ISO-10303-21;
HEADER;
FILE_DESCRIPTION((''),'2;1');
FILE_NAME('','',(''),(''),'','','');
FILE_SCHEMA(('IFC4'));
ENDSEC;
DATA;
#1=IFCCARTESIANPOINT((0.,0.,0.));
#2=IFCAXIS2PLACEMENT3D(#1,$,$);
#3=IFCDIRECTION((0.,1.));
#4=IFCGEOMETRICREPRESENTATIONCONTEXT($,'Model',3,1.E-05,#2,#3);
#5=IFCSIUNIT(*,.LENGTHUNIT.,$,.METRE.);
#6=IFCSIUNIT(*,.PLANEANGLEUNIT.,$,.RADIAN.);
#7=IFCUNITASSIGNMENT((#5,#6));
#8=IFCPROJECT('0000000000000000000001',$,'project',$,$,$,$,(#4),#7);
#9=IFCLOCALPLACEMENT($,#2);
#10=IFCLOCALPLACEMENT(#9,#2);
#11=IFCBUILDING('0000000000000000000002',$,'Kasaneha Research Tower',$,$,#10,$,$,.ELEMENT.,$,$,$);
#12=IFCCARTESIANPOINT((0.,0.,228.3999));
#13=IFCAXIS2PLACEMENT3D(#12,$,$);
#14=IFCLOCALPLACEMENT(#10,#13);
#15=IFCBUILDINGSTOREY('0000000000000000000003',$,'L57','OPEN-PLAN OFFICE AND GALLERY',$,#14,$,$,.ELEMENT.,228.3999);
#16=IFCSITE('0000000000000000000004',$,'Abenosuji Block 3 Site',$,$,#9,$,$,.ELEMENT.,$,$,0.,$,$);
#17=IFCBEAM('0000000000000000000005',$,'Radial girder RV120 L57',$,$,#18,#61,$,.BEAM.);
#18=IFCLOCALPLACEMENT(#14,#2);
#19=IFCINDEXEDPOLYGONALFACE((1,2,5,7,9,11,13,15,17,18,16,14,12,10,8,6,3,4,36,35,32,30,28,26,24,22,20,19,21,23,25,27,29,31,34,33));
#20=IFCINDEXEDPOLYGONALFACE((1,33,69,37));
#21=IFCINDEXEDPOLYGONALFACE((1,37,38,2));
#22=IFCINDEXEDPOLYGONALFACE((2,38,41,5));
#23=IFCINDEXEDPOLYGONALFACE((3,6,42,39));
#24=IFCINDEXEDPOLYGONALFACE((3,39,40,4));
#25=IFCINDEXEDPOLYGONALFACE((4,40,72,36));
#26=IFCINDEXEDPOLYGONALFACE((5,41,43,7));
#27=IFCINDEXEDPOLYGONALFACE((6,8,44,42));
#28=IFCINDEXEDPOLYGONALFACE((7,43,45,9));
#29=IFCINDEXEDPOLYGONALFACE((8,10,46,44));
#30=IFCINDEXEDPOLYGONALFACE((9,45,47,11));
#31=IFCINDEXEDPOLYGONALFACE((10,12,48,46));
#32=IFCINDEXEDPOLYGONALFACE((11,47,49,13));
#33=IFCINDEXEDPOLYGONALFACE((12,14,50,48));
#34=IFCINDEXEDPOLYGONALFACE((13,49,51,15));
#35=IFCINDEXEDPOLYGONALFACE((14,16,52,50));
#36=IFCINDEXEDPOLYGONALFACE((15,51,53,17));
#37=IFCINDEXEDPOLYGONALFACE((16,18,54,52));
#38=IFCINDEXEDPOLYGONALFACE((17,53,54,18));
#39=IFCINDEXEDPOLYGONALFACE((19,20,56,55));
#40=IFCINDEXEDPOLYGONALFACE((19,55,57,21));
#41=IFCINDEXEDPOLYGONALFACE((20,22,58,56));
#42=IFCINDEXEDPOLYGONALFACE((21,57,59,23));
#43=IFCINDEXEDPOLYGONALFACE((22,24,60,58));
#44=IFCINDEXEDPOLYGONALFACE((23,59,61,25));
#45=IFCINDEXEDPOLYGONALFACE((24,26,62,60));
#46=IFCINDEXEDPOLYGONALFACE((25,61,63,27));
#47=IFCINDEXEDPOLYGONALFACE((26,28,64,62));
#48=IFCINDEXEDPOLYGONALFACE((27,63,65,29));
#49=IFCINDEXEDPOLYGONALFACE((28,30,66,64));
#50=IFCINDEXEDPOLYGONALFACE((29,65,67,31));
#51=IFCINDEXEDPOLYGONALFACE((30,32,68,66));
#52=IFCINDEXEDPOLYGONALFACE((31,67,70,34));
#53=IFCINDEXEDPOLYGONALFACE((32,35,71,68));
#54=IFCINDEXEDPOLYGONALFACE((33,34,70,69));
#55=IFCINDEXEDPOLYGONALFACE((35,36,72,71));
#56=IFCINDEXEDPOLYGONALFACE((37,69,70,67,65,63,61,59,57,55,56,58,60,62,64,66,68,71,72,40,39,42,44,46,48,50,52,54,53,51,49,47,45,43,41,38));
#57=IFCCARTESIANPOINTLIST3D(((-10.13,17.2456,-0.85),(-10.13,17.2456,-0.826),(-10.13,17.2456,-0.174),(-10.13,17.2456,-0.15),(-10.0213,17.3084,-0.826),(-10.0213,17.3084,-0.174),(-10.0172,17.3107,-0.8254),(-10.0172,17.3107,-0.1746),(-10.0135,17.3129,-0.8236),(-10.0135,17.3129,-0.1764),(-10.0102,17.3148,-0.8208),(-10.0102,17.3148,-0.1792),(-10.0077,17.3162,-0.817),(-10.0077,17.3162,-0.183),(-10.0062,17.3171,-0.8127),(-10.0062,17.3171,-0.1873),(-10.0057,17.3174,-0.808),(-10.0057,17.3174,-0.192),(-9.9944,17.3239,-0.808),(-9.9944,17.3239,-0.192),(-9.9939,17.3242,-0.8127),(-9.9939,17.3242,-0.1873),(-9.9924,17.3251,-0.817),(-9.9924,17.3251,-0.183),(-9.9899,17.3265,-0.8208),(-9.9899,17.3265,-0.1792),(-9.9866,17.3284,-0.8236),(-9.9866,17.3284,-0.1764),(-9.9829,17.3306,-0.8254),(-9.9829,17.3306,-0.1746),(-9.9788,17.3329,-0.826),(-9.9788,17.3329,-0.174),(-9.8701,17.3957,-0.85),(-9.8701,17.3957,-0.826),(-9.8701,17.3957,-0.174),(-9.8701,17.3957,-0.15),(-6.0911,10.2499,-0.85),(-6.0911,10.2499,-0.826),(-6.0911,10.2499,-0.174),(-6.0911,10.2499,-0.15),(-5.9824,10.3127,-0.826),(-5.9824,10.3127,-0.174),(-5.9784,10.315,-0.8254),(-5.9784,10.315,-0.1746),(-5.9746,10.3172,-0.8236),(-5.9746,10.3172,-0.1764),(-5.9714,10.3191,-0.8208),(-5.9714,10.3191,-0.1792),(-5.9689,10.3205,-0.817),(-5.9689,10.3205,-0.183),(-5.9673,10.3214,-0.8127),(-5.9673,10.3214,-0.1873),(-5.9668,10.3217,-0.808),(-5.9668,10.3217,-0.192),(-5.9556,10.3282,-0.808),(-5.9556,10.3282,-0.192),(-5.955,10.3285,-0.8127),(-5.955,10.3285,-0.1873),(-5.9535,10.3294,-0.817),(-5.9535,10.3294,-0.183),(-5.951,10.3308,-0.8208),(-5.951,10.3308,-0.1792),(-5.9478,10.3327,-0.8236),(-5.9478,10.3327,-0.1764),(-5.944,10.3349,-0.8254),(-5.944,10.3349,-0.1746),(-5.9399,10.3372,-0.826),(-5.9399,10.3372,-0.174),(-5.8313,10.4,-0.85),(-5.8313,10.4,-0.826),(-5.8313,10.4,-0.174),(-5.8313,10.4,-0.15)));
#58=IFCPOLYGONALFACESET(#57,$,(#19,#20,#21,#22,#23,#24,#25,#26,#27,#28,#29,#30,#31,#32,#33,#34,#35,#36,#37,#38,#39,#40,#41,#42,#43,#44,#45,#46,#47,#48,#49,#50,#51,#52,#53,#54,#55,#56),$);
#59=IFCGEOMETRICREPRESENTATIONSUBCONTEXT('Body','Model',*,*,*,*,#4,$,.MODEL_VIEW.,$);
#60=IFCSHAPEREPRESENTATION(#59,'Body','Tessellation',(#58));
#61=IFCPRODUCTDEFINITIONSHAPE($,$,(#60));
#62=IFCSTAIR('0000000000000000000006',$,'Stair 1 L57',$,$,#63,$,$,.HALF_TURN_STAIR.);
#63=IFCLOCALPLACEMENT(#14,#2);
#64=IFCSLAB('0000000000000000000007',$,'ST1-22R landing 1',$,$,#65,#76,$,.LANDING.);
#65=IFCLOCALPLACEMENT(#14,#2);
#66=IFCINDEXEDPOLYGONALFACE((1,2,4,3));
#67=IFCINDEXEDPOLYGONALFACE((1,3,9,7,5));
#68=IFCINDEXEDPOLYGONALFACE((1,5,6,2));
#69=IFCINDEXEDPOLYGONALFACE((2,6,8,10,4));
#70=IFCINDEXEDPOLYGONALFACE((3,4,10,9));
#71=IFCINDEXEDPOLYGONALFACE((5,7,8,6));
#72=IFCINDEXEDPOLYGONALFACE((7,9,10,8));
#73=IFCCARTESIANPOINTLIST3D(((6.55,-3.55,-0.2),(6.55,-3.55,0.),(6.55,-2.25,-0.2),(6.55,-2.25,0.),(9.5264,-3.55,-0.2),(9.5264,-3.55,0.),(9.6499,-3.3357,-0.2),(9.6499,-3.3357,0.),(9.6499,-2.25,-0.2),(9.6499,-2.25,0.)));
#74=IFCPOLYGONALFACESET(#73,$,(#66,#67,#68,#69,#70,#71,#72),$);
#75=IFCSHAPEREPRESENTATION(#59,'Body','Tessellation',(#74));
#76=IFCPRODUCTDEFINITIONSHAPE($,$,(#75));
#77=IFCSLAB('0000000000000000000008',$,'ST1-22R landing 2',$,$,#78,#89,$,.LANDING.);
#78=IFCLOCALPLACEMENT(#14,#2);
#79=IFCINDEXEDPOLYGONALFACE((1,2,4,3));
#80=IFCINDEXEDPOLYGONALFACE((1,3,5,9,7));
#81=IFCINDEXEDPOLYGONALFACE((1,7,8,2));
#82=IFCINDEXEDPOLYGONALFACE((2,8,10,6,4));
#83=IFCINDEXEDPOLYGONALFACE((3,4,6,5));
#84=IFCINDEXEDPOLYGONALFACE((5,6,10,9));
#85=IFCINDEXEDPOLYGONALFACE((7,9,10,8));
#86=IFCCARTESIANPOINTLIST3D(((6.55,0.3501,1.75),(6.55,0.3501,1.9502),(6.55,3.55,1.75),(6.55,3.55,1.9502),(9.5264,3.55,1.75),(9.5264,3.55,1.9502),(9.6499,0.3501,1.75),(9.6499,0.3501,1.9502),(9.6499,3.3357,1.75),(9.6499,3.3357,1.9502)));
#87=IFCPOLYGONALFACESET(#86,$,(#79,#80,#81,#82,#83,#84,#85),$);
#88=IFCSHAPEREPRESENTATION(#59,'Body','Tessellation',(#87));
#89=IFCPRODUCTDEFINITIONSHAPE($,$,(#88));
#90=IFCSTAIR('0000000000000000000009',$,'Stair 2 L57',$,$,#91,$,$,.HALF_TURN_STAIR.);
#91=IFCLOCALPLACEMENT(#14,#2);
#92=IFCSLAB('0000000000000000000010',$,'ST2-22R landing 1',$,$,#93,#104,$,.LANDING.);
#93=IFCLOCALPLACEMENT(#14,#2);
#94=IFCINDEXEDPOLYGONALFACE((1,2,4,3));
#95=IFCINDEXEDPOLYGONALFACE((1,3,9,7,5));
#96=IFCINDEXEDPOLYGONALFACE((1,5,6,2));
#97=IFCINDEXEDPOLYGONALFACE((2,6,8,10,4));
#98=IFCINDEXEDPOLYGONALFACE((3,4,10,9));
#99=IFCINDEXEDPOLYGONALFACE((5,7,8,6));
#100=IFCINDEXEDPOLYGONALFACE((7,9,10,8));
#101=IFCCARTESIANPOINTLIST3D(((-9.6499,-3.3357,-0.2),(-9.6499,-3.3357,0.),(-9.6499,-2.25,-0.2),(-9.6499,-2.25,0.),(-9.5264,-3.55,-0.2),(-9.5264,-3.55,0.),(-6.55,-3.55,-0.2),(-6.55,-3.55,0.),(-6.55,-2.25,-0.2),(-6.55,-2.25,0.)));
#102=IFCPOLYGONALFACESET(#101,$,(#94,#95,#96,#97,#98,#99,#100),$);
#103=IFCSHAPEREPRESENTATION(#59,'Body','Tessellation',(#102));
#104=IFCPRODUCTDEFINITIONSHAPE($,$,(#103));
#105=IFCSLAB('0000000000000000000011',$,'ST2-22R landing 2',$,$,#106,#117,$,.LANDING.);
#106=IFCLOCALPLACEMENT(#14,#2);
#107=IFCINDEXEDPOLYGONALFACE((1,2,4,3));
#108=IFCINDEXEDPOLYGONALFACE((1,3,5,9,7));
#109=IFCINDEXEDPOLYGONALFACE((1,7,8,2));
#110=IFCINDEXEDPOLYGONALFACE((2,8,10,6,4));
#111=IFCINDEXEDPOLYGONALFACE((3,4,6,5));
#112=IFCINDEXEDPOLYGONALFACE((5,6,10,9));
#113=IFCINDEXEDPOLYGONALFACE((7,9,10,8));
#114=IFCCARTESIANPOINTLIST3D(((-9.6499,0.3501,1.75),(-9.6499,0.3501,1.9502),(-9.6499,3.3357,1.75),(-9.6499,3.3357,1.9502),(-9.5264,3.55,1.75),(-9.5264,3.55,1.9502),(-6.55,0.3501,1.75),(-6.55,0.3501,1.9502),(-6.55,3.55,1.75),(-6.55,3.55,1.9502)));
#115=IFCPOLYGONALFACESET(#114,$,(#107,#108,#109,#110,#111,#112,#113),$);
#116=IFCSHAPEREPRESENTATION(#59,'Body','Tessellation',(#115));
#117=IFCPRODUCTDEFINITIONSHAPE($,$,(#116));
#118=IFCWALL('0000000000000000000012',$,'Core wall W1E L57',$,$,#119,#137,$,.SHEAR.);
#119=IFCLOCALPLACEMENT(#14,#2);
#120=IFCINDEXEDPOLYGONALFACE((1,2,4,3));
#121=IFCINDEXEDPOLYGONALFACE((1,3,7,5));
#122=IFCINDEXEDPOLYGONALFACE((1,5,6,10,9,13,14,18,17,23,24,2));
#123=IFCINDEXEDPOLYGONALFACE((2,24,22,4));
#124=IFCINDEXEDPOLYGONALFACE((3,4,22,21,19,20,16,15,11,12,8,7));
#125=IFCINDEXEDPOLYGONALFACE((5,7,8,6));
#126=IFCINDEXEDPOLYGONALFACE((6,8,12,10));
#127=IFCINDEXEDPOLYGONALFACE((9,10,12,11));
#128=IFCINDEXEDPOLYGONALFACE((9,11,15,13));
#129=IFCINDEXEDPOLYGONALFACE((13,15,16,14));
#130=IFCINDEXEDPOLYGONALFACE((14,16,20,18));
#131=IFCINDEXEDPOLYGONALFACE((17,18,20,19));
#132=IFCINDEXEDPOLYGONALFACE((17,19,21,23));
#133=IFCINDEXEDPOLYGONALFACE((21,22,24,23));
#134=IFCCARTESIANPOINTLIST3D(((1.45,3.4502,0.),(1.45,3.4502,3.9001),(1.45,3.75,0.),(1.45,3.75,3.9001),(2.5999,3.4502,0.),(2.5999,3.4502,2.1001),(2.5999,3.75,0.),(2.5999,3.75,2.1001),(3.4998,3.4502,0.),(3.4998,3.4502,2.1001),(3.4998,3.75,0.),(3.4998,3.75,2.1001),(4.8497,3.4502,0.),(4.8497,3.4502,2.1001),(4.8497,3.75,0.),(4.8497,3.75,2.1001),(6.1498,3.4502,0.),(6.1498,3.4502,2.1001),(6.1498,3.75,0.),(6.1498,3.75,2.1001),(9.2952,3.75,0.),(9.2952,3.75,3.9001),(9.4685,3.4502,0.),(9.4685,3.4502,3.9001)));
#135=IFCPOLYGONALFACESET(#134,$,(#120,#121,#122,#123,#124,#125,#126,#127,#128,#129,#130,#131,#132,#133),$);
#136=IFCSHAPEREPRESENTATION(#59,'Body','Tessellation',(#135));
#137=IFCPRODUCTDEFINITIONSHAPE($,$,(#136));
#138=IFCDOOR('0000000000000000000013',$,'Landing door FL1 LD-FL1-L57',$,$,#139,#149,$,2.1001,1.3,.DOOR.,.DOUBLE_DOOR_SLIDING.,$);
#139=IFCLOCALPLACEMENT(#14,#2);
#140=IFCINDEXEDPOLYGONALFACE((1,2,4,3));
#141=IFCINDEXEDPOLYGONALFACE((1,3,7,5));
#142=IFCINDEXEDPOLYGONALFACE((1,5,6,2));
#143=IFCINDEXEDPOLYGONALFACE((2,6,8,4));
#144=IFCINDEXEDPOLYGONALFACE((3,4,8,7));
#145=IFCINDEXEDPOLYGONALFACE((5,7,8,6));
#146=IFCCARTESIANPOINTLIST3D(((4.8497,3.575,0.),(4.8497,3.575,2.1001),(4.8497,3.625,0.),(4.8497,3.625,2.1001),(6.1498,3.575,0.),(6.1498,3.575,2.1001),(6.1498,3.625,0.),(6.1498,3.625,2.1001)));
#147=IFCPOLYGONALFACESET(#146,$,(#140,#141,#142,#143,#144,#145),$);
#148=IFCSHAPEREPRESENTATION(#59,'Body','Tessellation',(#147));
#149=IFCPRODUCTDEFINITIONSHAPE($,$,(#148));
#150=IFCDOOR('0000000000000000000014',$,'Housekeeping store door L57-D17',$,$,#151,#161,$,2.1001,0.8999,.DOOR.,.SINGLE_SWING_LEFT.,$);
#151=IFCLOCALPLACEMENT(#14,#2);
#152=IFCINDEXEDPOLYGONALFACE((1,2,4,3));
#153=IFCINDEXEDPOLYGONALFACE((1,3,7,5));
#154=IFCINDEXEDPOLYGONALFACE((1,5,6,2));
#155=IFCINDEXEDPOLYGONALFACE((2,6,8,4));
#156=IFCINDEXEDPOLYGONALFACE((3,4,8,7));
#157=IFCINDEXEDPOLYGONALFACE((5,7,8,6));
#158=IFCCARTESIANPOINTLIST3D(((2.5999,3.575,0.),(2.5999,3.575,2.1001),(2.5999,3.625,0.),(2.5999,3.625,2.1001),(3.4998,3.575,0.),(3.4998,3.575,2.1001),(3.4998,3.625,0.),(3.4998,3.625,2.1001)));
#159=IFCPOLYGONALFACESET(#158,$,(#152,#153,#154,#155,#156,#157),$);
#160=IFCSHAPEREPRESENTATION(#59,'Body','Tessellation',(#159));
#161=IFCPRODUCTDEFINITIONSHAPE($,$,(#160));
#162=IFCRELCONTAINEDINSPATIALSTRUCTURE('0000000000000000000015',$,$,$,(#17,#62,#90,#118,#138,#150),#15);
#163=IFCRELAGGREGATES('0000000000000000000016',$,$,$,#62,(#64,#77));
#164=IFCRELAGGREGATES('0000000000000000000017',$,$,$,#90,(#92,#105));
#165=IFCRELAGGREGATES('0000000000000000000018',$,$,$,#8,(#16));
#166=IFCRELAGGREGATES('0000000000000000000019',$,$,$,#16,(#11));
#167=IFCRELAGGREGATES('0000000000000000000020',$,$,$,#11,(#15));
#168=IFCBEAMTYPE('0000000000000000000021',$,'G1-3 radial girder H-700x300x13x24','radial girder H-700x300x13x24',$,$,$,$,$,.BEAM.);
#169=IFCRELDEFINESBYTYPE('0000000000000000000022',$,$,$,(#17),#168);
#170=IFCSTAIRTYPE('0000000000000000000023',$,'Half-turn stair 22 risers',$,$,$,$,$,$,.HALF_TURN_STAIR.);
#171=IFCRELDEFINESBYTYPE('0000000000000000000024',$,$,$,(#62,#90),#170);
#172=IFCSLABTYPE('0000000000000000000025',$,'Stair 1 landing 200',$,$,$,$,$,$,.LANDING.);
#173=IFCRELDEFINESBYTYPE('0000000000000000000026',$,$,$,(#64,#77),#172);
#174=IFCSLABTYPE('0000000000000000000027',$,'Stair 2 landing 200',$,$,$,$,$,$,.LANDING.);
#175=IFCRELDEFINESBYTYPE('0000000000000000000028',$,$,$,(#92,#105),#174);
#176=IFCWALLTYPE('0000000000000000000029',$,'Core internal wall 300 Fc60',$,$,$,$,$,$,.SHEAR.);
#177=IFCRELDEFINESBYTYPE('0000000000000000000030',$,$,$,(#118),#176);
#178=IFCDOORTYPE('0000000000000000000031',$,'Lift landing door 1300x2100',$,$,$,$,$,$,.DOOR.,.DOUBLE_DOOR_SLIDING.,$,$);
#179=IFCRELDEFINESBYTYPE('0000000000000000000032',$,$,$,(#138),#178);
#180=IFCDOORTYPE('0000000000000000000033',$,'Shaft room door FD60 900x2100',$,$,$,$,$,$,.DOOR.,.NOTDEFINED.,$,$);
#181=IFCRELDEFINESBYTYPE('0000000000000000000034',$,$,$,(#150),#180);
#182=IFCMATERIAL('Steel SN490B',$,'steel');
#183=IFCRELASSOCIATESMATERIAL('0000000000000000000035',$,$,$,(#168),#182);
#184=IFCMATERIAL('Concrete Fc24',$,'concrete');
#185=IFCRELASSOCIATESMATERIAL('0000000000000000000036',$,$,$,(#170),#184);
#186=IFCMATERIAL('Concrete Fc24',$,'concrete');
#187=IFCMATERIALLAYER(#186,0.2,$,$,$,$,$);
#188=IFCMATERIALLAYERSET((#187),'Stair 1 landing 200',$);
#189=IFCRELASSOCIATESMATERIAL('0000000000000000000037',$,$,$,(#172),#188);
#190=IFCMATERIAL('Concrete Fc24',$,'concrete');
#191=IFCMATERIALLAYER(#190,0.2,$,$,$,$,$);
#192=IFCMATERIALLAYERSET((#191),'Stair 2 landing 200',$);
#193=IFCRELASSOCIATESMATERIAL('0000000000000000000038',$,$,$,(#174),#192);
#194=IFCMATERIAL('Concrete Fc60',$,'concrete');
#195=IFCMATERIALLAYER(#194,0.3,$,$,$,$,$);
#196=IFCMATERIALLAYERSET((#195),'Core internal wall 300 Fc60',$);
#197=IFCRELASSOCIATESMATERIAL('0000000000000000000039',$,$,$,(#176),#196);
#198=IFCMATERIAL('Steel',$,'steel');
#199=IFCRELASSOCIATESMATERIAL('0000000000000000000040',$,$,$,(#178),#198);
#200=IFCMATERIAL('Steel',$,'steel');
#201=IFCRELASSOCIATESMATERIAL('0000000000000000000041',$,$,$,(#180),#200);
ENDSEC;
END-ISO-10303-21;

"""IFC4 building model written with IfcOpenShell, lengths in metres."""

from ifc_helpers import new_model, si_unit, direction, frame, frame_2d, origin, origin_2d, place, context, subcontext, project, spatial, polyline, rectangle, i_section, outline, extrude, material, layer, layer_set, material_profile, profile_set, type_object, element, fill, aggregate, save


model = new_model("IFC4")

# Units and contexts
model_context = context("Model", 3, precision=1e-05, world=origin(), true_north=direction((0.0, 1.0)))
body_context = subcontext(model_context, "Body", "Model", "MODEL_VIEW")
ifc_project = project(units=[si_unit("LENGTHUNIT", "METRE"), si_unit("PLANEANGLEUNIT", "RADIAN")], contexts=[model_context])

# Site, building, storey
site_placement = place(None, origin())
site = spatial("IfcSite", under=ifc_project, at=site_placement, Name="Abenosuji Block 3 Site", CompositionType="ELEMENT", RefElevation=0.0)
building_placement = place(site_placement, origin())
building = spatial("IfcBuilding", under=site, at=building_placement, Name="Kasaneha Research Tower", CompositionType="ELEMENT")
storey_placement = place(building_placement, frame((0.0, 0.0, 228.3999)))
storey = spatial("IfcBuildingStorey", under=building, at=storey_placement, Name="L57", Description="OPEN-PLAN OFFICE AND GALLERY", CompositionType="ELEMENT", Elevation=228.3999)

# Beam
ifc_material_1 = material(Name="Steel SN490B", Category="steel")
ifc_material_profile = material_profile(ifc_material_1, i_section(OverallWidth=0.3, OverallDepth=0.7, WebThickness=0.0129, FlangeThickness=0.0239, FilletRadius=0.0181, at=origin_2d()), Name="H-700x300x13x24")
ifc_profile_set = profile_set([ifc_material_profile], Name="Steel SN490B")
beam_type = type_object("IfcBeamType", Name="G1-3 radial girder H-700x300x13x24", Description="radial girder H-700x300x13x24", PredefinedType="BEAM", material=ifc_profile_set)
beam_placement = place(storey_placement, frame((-5.9612, 10.325, -0.5), z_axis=(-0.499991, 0.866031, 0.0), x_axis=(-0.866031, -0.499991, 0.0)))
element("IfcBeam", 1, at=beam_placement, inside=storey, type_object=beam_type, Name="Radial girder RV120 L57", PredefinedType="BEAM", context=body_context, shape_type="SweptSolid", body=[
    extrude(i_section(OverallWidth=0.3, OverallDepth=0.7, WebThickness=0.0129, FlangeThickness=0.0239, FilletRadius=0.0181, at=origin_2d()), origin(), (0.0, 0.0, 1.0), 8.0779),
])

# Stairs, slabs
ifc_material_2 = material(Name="Concrete Fc24", Category="concrete")
stair_type = type_object("IfcStairType", Name="Half-turn stair 22 risers", PredefinedType="HALF_TURN_STAIR", material=ifc_material_2)
stair_1_placement = place(storey_placement, origin())
stair_1 = element("IfcStair", 2, at=stair_1_placement, inside=storey, type_object=stair_type, Name="Stair 1 L57", PredefinedType="HALF_TURN_STAIR")
ifc_material_3 = material(Name="Concrete Fc24", Category="concrete")
ifc_layer_1 = layer(ifc_material_3, 0.2)
ifc_layer_set_1 = layer_set([ifc_layer_1], Name="Stair 1 landing 200")
slab_type_1 = type_object("IfcSlabType", Name="Stair 1 landing 200", PredefinedType="LANDING", material=ifc_layer_set_1)
slab_1_placement = place(storey_placement, frame((0.0, 0.0, -0.2)))
slab_1 = element("IfcSlab", 3, at=slab_1_placement, type_object=slab_type_1, Name="ST1-22R landing 1", PredefinedType="LANDING", context=body_context, shape_type="SweptSolid", body=[
    extrude(outline(polyline([(9.5264, -3.55), (6.55, -3.55), (6.55, -2.25), (9.6499, -2.25), (9.6499, -3.3357), (9.5264, -3.55)])), origin(), (0.0, 0.0, 1.0), 0.2),
])
slab_2_placement = place(storey_placement, frame((0.0, 0.0, 1.75)))
slab_2 = element("IfcSlab", 4, at=slab_2_placement, type_object=slab_type_1, Name="ST1-22R landing 2", PredefinedType="LANDING", context=body_context, shape_type="SweptSolid", body=[
    extrude(outline(polyline([(6.55, 3.55), (9.5264, 3.55), (9.6499, 3.3357), (9.6499, 0.3501), (6.55, 0.3501), (6.55, 3.55)])), origin(), (0.0, 0.0, 1.0), 0.2002),
])
aggregate(stair_1, [slab_1, slab_2])
stair_2_placement = place(storey_placement, origin())
stair_2 = element("IfcStair", 5, at=stair_2_placement, inside=storey, type_object=stair_type, Name="Stair 2 L57", PredefinedType="HALF_TURN_STAIR")
ifc_material_4 = material(Name="Concrete Fc24", Category="concrete")
ifc_layer_2 = layer(ifc_material_4, 0.2)
ifc_layer_set_2 = layer_set([ifc_layer_2], Name="Stair 2 landing 200")
slab_type_2 = type_object("IfcSlabType", Name="Stair 2 landing 200", PredefinedType="LANDING", material=ifc_layer_set_2)
slab_3_placement = place(storey_placement, frame((0.0, 0.0, -0.2)))
slab_3 = element("IfcSlab", 6, at=slab_3_placement, type_object=slab_type_2, Name="ST2-22R landing 1", PredefinedType="LANDING", context=body_context, shape_type="SweptSolid", body=[
    extrude(outline(polyline([(-6.55, -3.55), (-9.5264, -3.55), (-9.6499, -3.3357), (-9.6499, -2.25), (-6.55, -2.25), (-6.55, -3.55)])), origin(), (0.0, 0.0, 1.0), 0.2),
])
slab_4_placement = place(storey_placement, frame((0.0, 0.0, 1.75)))
slab_4 = element("IfcSlab", 7, at=slab_4_placement, type_object=slab_type_2, Name="ST2-22R landing 2", PredefinedType="LANDING", context=body_context, shape_type="SweptSolid", body=[
    extrude(outline(polyline([(-6.55, 0.3501), (-9.6499, 0.3501), (-9.6499, 3.3357), (-9.5264, 3.55), (-6.55, 3.55), (-6.55, 0.3501)])), origin(), (0.0, 0.0, 1.0), 0.2002),
])
aggregate(stair_2, [slab_3, slab_4])

# Wall, openings, doors
ifc_material_5 = material(Name="Concrete Fc60", Category="concrete")
ifc_layer_3 = layer(ifc_material_5, 0.3)
ifc_layer_set_3 = layer_set([ifc_layer_3], Name="Core internal wall 300 Fc60")
wall_type_1 = type_object("IfcWallType", Name="Core internal wall 300 Fc60", PredefinedType="SHEAR", material=ifc_layer_set_3)
wall_1_placement = place(storey_placement, frame((1.45, 3.6001, 0.0), z_axis=(0.0, 0.0, 1.0), x_axis=(1.0, 0.0, 0.0)))
wall_1 = element("IfcWall", 8, at=wall_1_placement, inside=storey, type_object=wall_type_1, Name="Core wall W1E L57", PredefinedType="SHEAR", context=body_context, shape_type="SweptSolid", body=[
    extrude(outline(polyline([(0.0, -0.1499), (1.1499, -0.1499), (2.0498, -0.1499), (3.3999, -0.1499), (4.7, -0.1499), (8.0186, -0.1499), (7.8452, 0.1499), (4.7, 0.1499), (3.3999, 0.1499), (2.0498, 0.1499), (1.1499, 0.1499), (0.0, 0.1499), (0.0, -0.1499)])), origin(), (0.0, 0.0, 1.0), 3.9001),
])
opening_1_placement = place(wall_1_placement, frame((1.1499, 0.0, 0.0)))
opening_1 = element("IfcOpeningElement", 9, at=opening_1_placement, cuts=wall_1, PredefinedType="OPENING", context=body_context, shape_type="SweptSolid", body=[
    extrude(rectangle(XDim=0.8999, YDim=2.1001, at=frame_2d((0.45, 1.05))), frame((0.0, 0.1602, 0.0), z_axis=(0.0, -1.0, 0.0), x_axis=(1.0, 0.0, 0.0)), (0.0, 0.0, 1.0), 0.3201),
])
opening_2_placement = place(wall_1_placement, frame((3.3999, 0.0, 0.0)))
opening_2 = element("IfcOpeningElement", 10, at=opening_2_placement, cuts=wall_1, PredefinedType="OPENING", context=body_context, shape_type="SweptSolid", body=[
    extrude(rectangle(XDim=1.3, YDim=2.1001, at=frame_2d((0.6499, 1.05))), frame((0.0, 0.1602, 0.0), z_axis=(0.0, -1.0, 0.0), x_axis=(1.0, 0.0, 0.0)), (0.0, 0.0, 1.0), 0.3201),
])
ifc_material_6 = material(Name="Steel", Category="steel")
door_type_1 = type_object("IfcDoorType", Name="Lift landing door 1300x2100", OperationType="DOUBLE_DOOR_SLIDING", PredefinedType="DOOR", material=ifc_material_6)
door_1_placement = place(opening_2_placement, origin())
door_1 = element("IfcDoor", 11, at=door_1_placement, inside=storey, type_object=door_type_1, Name="Landing door FL1 LD-FL1-L57", OperationType="DOUBLE_DOOR_SLIDING", OverallHeight=2.1001, OverallWidth=1.3, PredefinedType="DOOR", context=body_context, shape_type="SweptSolid", body=[
    extrude(rectangle(XDim=1.3, YDim=2.1001, at=frame_2d((0.6499, 1.05))), frame((0.0, 0.0249, 0.0), z_axis=(0.0, -1.0, 0.0), x_axis=(1.0, 0.0, 0.0)), (0.0, 0.0, 1.0), 0.05),
])
fill(opening_2, door_1)
ifc_material_7 = material(Name="Steel", Category="steel")
door_type_2 = type_object("IfcDoorType", Name="Shaft room door FD60 900x2100", OperationType="NOTDEFINED", PredefinedType="DOOR", material=ifc_material_7)
door_2_placement = place(opening_1_placement, origin())
door_2 = element("IfcDoor", 12, at=door_2_placement, inside=storey, type_object=door_type_2, Name="Housekeeping store door L57-D17", OperationType="SINGLE_SWING_LEFT", OverallHeight=2.1001, OverallWidth=0.8999, PredefinedType="DOOR", context=body_context, shape_type="SweptSolid", body=[
    extrude(rectangle(XDim=0.8999, YDim=2.1001, at=frame_2d((0.45, 1.05))), frame((0.0, 0.0249, 0.0), z_axis=(0.0, -1.0, 0.0), x_axis=(1.0, 0.0, 0.0)), (0.0, 0.0, 1.0), 0.05),
])
fill(opening_1, door_2)

save(model, "model.ifc")
